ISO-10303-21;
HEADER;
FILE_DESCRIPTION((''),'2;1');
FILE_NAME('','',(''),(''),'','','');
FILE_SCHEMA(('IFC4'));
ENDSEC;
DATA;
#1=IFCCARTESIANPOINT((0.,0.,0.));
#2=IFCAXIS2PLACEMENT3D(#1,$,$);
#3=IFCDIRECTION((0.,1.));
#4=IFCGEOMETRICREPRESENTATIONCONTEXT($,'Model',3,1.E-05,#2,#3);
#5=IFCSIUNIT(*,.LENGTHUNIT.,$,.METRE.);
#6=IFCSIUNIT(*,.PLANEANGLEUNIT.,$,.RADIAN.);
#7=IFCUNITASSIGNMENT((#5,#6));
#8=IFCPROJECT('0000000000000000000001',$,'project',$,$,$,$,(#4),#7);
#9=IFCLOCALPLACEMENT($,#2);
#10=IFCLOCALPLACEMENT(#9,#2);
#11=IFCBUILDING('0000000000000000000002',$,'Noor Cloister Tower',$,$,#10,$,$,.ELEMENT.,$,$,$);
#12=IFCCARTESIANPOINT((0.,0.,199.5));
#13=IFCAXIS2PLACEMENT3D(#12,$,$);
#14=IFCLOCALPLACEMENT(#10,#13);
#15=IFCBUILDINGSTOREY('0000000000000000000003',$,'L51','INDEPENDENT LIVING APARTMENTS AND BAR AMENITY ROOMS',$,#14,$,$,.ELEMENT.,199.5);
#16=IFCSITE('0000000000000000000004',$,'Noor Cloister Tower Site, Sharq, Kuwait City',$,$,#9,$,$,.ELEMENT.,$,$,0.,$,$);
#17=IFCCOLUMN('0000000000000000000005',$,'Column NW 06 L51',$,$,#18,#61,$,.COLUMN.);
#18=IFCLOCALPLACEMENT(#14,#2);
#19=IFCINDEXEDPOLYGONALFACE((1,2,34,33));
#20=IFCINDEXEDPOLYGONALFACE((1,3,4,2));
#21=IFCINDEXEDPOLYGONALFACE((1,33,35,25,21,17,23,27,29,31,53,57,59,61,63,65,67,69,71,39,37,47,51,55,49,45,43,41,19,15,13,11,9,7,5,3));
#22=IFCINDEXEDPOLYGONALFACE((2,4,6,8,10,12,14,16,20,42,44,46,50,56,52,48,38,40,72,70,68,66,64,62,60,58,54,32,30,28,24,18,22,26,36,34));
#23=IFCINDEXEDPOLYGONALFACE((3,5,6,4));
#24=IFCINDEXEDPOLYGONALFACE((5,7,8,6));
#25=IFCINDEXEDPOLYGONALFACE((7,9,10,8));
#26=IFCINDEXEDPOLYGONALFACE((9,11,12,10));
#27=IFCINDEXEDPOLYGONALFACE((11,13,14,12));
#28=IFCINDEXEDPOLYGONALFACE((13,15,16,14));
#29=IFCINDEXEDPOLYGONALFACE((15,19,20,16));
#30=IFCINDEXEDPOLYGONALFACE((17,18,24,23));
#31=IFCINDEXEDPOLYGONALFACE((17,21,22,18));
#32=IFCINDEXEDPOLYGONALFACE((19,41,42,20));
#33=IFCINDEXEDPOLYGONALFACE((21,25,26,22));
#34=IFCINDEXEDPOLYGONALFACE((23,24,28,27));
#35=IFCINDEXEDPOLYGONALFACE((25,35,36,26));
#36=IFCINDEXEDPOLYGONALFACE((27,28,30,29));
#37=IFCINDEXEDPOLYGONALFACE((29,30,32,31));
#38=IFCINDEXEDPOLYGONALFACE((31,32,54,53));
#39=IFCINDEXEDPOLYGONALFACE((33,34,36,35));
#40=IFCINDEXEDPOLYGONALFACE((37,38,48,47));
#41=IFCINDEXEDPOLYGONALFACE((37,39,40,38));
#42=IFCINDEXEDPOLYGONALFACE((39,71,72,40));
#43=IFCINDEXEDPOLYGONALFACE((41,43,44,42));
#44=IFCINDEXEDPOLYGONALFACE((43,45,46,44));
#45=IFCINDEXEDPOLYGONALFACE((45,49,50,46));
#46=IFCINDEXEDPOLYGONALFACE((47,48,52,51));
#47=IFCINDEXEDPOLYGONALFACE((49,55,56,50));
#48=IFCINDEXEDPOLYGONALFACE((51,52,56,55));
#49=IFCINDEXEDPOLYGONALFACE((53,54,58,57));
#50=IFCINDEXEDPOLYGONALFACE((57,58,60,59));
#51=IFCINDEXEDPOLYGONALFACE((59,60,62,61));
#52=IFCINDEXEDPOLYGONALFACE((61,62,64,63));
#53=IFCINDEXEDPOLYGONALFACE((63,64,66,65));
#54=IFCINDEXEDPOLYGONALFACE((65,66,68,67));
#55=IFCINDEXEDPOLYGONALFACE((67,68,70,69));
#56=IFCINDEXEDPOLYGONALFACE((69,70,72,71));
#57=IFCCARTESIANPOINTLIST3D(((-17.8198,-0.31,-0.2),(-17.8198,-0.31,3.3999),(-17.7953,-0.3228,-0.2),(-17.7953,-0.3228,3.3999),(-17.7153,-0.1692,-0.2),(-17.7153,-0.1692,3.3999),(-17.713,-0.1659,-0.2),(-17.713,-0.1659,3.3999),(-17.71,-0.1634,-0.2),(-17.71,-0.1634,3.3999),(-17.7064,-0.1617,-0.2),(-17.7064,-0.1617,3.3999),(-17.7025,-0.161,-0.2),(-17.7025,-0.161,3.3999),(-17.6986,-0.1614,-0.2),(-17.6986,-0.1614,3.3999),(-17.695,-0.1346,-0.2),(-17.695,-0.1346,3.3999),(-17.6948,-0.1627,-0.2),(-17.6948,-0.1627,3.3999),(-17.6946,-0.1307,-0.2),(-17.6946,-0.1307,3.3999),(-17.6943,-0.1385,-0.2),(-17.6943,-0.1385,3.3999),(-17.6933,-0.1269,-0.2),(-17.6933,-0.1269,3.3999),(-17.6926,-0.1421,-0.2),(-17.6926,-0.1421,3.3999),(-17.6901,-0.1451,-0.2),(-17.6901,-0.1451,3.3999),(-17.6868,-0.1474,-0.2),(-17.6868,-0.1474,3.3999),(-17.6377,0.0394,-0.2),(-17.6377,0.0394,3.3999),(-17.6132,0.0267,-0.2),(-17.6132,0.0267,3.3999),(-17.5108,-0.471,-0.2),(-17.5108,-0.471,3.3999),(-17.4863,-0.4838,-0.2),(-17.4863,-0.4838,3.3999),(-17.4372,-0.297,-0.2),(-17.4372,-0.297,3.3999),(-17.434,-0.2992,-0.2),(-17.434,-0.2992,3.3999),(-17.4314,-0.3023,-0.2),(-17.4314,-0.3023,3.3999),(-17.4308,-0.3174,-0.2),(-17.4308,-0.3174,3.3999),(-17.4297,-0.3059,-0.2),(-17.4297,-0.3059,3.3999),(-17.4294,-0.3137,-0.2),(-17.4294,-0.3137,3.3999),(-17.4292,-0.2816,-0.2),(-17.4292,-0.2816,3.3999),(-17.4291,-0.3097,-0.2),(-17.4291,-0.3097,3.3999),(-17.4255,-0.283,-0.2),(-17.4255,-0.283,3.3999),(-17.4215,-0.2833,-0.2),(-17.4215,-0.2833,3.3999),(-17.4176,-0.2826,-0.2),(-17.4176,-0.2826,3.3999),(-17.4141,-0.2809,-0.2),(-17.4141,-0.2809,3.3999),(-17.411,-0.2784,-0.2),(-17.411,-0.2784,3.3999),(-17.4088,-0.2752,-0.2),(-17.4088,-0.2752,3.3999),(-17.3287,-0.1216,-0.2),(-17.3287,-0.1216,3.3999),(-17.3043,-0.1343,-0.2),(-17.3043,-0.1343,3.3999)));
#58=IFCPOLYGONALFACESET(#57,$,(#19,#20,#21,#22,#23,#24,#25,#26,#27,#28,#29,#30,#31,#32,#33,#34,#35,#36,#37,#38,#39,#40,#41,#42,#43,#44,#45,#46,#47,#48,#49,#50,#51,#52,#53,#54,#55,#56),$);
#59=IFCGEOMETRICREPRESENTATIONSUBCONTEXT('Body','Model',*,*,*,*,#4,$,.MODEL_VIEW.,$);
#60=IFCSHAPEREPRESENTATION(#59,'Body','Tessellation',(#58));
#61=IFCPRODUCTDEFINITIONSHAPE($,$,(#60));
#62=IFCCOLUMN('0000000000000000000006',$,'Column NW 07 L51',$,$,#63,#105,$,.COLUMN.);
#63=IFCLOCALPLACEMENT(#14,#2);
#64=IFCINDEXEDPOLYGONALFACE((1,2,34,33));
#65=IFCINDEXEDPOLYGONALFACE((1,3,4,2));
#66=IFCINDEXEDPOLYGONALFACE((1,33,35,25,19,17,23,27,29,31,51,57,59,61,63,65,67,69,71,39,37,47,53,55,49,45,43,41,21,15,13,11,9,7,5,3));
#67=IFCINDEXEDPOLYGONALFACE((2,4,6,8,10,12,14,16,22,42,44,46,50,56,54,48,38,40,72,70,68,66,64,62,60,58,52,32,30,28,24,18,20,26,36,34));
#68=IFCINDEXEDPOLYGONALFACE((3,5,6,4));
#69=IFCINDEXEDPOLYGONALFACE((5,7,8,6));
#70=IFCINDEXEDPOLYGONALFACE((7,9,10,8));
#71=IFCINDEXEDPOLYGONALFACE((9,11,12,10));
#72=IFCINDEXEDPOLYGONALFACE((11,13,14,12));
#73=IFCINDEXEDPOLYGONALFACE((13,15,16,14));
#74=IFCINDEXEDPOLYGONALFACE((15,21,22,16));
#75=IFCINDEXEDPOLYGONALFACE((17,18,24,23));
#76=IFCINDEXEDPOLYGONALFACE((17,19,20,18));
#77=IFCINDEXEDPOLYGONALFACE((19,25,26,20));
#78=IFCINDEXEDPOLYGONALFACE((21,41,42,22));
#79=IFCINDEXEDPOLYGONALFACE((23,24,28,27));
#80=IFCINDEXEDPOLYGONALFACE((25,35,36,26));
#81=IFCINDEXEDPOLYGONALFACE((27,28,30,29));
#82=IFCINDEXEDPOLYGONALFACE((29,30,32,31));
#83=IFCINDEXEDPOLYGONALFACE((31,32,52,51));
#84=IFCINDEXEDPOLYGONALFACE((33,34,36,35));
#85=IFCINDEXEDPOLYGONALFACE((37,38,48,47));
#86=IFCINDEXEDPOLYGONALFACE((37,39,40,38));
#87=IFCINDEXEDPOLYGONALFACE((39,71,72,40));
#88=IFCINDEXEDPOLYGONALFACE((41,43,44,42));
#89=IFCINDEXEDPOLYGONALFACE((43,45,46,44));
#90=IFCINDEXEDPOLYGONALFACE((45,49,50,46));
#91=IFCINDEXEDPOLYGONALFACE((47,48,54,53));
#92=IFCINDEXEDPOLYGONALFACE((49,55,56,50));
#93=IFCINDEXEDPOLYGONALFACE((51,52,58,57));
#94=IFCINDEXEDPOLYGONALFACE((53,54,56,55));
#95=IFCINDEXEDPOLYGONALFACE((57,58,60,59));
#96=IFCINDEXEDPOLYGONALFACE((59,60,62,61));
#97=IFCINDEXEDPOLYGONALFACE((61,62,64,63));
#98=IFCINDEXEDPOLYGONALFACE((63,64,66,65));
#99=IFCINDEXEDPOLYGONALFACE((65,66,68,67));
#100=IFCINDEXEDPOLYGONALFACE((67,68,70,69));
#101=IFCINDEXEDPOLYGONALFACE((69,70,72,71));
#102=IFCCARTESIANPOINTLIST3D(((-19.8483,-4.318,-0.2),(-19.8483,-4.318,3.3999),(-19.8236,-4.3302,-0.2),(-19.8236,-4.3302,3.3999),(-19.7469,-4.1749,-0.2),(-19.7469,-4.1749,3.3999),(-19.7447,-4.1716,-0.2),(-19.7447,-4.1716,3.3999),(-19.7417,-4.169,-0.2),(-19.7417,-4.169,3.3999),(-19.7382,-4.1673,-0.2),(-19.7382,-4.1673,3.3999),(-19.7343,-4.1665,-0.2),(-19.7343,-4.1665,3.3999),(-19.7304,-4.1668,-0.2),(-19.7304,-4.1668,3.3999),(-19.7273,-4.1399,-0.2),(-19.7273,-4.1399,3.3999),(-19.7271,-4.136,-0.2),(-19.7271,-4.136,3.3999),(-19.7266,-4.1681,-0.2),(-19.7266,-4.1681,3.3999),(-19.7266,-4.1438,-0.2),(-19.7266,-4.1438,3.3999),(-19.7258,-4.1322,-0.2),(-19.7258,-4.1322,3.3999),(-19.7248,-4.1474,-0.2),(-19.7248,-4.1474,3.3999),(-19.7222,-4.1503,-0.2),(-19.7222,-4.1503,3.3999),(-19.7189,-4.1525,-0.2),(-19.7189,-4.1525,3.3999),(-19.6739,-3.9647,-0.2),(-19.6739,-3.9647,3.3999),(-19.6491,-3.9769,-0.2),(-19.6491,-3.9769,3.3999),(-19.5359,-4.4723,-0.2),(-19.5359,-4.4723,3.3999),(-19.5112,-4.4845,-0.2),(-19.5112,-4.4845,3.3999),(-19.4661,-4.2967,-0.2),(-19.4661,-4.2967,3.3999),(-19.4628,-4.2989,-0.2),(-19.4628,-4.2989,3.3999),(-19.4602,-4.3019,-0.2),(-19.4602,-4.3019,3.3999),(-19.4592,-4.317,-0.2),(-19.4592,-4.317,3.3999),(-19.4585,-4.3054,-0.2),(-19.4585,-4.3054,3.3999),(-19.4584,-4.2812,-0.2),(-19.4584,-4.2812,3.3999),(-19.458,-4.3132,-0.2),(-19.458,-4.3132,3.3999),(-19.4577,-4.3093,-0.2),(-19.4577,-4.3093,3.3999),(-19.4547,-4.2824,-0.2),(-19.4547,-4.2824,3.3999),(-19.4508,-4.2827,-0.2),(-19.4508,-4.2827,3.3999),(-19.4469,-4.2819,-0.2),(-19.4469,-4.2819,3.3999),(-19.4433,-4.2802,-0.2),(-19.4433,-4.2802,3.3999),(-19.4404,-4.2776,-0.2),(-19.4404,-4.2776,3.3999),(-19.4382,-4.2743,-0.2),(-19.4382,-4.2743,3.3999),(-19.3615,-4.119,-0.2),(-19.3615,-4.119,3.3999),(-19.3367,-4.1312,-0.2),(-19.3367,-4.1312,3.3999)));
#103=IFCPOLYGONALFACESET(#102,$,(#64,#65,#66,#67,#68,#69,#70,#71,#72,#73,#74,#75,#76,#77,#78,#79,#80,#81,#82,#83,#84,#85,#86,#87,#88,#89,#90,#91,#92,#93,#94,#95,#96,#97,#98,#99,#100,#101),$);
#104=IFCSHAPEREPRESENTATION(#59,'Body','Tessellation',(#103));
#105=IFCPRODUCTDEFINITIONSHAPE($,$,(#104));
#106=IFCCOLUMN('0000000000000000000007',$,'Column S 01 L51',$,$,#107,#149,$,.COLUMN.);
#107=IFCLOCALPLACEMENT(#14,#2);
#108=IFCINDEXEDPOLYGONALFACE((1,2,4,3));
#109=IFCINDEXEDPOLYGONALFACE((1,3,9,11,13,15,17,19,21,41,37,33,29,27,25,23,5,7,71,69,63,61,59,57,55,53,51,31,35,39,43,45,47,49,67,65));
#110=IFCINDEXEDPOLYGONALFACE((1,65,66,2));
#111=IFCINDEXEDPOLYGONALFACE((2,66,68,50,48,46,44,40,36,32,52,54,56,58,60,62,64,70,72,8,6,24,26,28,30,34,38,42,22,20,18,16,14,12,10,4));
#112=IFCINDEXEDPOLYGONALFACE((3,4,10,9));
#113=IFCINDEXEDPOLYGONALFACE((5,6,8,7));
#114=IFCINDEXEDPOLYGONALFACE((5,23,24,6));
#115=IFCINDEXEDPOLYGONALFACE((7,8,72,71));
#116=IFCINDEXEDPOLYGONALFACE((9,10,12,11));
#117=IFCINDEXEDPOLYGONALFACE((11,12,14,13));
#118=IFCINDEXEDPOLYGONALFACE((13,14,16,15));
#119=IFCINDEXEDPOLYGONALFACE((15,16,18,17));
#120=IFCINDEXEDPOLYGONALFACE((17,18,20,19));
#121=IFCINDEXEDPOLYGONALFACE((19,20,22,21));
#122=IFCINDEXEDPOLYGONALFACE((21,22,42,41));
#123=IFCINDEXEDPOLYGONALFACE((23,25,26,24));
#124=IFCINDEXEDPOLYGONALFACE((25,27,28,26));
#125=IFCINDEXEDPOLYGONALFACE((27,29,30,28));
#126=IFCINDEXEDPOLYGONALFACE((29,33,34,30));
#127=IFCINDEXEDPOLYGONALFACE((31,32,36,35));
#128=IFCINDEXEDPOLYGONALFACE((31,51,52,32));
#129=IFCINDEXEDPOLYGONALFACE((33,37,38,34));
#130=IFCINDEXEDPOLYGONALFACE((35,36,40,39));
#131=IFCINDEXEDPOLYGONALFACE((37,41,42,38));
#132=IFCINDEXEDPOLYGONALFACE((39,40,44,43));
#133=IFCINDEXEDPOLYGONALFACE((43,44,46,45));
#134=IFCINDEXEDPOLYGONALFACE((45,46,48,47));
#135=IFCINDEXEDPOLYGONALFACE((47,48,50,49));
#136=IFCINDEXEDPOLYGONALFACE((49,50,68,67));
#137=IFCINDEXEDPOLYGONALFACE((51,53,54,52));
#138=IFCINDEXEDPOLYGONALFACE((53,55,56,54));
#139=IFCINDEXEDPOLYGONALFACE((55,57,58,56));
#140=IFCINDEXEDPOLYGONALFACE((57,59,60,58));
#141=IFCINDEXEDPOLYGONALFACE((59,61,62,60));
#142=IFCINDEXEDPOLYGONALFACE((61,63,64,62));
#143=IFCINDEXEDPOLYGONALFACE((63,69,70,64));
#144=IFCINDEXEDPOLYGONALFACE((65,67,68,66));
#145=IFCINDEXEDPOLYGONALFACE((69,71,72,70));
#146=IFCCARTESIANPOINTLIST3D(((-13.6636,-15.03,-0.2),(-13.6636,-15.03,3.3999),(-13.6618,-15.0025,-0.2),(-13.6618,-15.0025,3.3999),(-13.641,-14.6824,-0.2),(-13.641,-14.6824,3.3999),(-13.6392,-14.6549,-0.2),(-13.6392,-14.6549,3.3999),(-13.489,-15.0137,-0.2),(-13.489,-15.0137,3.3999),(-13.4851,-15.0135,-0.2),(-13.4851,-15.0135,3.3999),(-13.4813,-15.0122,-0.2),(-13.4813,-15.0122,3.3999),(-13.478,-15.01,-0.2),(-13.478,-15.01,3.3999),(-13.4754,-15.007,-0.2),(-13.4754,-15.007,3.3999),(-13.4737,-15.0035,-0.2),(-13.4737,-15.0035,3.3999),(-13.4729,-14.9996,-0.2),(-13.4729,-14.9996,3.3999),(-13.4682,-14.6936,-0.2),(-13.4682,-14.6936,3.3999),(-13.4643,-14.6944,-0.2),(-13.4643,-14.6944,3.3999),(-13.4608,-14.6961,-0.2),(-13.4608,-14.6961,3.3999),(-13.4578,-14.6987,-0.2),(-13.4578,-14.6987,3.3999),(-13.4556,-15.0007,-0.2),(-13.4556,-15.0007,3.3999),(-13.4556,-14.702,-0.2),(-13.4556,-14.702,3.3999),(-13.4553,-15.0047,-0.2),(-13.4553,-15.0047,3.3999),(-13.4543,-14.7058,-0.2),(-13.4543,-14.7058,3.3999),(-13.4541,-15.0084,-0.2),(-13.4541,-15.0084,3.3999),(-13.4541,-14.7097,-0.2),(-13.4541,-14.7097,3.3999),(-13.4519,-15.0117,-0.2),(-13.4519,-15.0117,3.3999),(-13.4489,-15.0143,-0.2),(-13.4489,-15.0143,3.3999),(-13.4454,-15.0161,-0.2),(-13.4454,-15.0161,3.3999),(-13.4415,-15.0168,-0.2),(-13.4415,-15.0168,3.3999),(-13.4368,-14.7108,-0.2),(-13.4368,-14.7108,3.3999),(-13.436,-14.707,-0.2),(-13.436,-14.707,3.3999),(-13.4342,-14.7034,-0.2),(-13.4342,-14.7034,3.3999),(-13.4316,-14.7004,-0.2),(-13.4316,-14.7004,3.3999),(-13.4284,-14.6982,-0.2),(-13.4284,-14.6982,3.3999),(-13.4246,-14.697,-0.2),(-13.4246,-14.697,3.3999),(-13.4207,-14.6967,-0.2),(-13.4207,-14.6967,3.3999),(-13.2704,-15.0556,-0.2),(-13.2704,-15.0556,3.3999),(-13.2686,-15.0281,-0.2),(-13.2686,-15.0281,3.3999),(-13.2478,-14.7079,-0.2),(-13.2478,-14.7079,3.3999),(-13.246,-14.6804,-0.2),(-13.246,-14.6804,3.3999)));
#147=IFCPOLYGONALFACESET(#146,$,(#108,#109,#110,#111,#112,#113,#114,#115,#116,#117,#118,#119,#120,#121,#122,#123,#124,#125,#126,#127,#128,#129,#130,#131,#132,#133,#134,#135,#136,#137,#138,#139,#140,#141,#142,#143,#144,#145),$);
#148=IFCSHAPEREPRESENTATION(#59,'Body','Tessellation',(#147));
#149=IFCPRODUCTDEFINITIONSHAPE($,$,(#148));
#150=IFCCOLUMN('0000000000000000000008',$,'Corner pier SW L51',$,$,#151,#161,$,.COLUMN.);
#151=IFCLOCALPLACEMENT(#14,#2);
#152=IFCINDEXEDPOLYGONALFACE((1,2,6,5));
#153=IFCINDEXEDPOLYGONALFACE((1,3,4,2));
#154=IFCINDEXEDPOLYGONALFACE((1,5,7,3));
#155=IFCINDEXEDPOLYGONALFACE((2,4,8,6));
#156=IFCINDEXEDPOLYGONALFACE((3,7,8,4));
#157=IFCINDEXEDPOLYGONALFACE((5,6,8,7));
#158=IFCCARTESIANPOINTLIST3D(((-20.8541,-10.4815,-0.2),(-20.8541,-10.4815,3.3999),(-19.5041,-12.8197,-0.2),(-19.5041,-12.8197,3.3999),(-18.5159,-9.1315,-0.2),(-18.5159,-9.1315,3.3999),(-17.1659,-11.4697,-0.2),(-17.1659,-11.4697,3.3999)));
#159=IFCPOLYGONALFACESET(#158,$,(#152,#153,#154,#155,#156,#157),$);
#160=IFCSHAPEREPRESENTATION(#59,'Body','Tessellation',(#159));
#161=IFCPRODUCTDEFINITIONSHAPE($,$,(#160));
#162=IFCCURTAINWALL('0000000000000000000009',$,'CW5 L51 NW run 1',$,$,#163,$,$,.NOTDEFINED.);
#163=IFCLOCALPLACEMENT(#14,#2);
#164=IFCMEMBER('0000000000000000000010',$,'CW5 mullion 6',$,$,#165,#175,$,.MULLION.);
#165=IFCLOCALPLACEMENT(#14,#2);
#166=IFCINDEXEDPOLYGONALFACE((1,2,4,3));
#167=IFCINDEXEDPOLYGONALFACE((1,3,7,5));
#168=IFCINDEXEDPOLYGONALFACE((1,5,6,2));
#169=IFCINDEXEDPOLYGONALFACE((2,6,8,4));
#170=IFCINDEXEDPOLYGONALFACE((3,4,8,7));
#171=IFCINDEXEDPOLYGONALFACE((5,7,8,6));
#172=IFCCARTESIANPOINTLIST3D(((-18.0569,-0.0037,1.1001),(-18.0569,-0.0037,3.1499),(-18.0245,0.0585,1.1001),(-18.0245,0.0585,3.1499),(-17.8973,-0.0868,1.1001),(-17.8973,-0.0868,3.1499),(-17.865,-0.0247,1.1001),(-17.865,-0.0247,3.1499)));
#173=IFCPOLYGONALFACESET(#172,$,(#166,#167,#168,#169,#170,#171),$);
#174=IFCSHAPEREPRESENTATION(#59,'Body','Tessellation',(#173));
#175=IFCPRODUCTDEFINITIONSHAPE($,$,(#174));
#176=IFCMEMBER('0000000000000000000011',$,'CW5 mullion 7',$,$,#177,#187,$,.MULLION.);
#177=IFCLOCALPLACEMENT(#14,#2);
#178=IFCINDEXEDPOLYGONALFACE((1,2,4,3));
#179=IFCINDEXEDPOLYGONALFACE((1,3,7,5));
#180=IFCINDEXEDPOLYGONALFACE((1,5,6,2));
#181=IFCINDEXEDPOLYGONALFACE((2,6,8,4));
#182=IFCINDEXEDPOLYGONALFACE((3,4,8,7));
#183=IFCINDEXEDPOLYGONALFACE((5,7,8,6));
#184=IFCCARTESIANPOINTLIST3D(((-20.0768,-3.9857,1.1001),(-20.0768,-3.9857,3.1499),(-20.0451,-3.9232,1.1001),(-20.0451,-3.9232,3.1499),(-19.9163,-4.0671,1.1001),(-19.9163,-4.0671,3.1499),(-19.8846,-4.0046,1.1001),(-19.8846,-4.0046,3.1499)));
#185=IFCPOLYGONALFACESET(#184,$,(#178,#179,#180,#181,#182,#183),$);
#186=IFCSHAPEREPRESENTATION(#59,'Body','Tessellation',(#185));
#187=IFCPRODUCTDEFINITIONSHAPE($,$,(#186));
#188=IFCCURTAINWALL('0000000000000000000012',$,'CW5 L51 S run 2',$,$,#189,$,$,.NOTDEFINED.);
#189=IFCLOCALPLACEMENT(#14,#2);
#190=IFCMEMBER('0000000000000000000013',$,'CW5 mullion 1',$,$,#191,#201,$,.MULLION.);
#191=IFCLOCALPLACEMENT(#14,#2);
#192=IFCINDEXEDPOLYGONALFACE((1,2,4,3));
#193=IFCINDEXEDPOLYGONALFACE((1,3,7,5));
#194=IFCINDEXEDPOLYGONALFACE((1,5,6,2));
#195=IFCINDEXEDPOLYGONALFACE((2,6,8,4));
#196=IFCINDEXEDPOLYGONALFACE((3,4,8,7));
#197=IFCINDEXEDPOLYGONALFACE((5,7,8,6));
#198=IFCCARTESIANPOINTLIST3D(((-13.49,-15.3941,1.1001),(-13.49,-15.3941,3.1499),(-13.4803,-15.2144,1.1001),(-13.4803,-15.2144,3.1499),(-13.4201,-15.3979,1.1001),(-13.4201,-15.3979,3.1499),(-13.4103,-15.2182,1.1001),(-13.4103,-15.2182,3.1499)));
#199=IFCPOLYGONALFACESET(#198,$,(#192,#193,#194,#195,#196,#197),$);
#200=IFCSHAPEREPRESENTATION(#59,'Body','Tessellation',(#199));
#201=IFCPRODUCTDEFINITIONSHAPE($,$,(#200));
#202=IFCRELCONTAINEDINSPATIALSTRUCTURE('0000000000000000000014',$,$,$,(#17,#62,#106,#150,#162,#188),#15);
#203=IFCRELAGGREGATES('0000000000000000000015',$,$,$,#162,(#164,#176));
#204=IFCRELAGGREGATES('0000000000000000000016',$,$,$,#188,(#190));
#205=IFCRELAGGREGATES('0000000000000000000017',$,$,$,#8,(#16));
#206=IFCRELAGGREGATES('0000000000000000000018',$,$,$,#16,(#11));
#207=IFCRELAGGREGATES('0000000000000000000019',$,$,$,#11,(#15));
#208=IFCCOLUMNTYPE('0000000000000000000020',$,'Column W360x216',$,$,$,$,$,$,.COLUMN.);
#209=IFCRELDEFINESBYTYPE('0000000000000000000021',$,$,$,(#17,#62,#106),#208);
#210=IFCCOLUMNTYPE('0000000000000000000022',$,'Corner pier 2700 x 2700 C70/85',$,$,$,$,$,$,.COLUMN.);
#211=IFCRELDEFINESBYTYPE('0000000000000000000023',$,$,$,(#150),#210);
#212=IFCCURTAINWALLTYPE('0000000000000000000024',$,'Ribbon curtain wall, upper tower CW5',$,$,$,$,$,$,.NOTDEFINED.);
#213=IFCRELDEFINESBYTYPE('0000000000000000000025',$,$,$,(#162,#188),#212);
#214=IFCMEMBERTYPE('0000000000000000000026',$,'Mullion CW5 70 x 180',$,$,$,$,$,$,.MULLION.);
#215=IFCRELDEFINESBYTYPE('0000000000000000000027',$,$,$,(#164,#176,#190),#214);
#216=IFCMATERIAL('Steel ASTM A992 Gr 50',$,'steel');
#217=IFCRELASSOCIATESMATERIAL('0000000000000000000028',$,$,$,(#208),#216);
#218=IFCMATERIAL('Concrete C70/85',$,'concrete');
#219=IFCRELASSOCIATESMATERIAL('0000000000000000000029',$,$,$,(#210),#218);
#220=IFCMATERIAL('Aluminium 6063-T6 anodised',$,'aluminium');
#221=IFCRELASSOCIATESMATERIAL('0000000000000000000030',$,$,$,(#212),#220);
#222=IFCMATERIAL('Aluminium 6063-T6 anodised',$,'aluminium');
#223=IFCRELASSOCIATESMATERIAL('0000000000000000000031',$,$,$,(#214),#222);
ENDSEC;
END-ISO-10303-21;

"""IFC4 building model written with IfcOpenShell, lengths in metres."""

from ifc_helpers import new_model, si_unit, direction, frame, origin, origin_2d, place, context, subcontext, project, spatial, rectangle, i_section, extrude, material, material_profile, profile_set, type_object, element, aggregate, save


model = new_model("IFC4")

# Units and contexts
model_context = context("Model", 3, precision=1e-05, world=origin(), true_north=direction((0.0, 1.0)))
body_context = subcontext(model_context, "Body", "Model", "MODEL_VIEW")
ifc_project = project(units=[si_unit("LENGTHUNIT", "METRE"), si_unit("PLANEANGLEUNIT", "RADIAN")], contexts=[model_context])

# Site, building, storey
site_placement = place(None, origin())
site = spatial("IfcSite", under=ifc_project, at=site_placement, Name="Noor Cloister Tower Site, Sharq, Kuwait City", CompositionType="ELEMENT", RefElevation=0.0)
building_placement = place(site_placement, origin())
building = spatial("IfcBuilding", under=site, at=building_placement, Name="Noor Cloister Tower", CompositionType="ELEMENT")
storey_placement = place(building_placement, frame((0.0, 0.0, 199.5)))
storey = spatial("IfcBuildingStorey", under=building, at=storey_placement, Name="L51", Description="INDEPENDENT LIVING APARTMENTS AND BAR AMENITY ROOMS", CompositionType="ELEMENT", Elevation=199.5)

# Columns
ifc_material_1 = material(Name="Steel ASTM A992 Gr 50", Category="steel")
ifc_material_profile_1 = material_profile(ifc_material_1, i_section(OverallWidth=0.394, OverallDepth=0.376, WebThickness=0.0173, FlangeThickness=0.0276, FilletRadius=0.0151, at=origin_2d()), Name="W360x216")
ifc_profile_set_1 = profile_set([ifc_material_profile_1], Name="Steel ASTM A992 Gr 50")
column_type_1 = type_object("IfcColumnType", Name="Column W360x216", PredefinedType="COLUMN", material=ifc_profile_set_1)
for number, where, z_axis, x_axis, name in (
    (1, (-17.562, -0.2222, -0.2), (0.0, 0.0, 1.0), (-0.462061, -0.886848, 0.0), "Column NW 06 L51"),
    (2, (-19.5925, -4.2246, -0.2), (0.0, 0.0, 1.0), (-0.442763, -0.896639, 0.0), "Column NW 07 L51"),
    (3, (-13.4548, -14.8552, -0.2), (0.0, 0.0, 1.0), (0.997893, -0.064875, 0.0), "Column S 01 L51"),
):
    element("IfcColumn", number, at=place(storey_placement, frame(where, z_axis=z_axis, x_axis=x_axis)), inside=storey, type_object=column_type_1, Name=name, PredefinedType="COLUMN", context=body_context, shape_type="SweptSolid", body=[
        extrude(i_section(OverallWidth=0.394, OverallDepth=0.376, WebThickness=0.0173, FlangeThickness=0.0276, FilletRadius=0.0151, at=origin_2d()), origin(), (0.0, 0.0, 1.0), 3.5999),
    ])
ifc_material_2 = material(Name="Concrete C70/85", Category="concrete")
ifc_material_profile_2 = material_profile(ifc_material_2, rectangle(XDim=2.7, YDim=2.7, at=origin_2d()), Name="RC 2700x2700")
ifc_profile_set_2 = profile_set([ifc_material_profile_2], Name="Concrete C70/85")
column_type_2 = type_object("IfcColumnType", Name="Corner pier 2700 x 2700 C70/85", PredefinedType="COLUMN", material=ifc_profile_set_2)
column_placement = place(storey_placement, frame((-19.01, -10.9756, -0.2), z_axis=(0.0, 0.0, 1.0), x_axis=(-0.866025, -0.5, 0.0)))
element("IfcColumn", 4, at=column_placement, inside=storey, type_object=column_type_2, Name="Corner pier SW L51", PredefinedType="COLUMN", context=body_context, shape_type="SweptSolid", body=[
    extrude(rectangle(XDim=2.7, YDim=2.7, at=origin_2d()), origin(), (0.0, 0.0, 1.0), 3.5999),
])

# Curtain wall, members
ifc_material_3 = material(Name="Aluminium 6063-T6 anodised", Category="aluminium")
curtain_wall_type = type_object("IfcCurtainWallType", Name="Ribbon curtain wall, upper tower CW5", PredefinedType="NOTDEFINED", material=ifc_material_3)
curtain_wall_1_placement = place(storey_placement, origin())
curtain_wall_1 = element("IfcCurtainWall", 5, at=curtain_wall_1_placement, inside=storey, type_object=curtain_wall_type, Name="CW5 L51 NW run 1", PredefinedType="NOTDEFINED")
ifc_material_4 = material(Name="Aluminium 6063-T6 anodised", Category="aluminium")
ifc_material_profile_3 = material_profile(ifc_material_4, rectangle(XDim=0.1799, YDim=0.0701, at=origin_2d()), Name="180 x 70 mullion")
ifc_profile_set_3 = profile_set([ifc_material_profile_3], Name="Aluminium 6063-T6 anodised")
member_type = type_object("IfcMemberType", Name="Mullion CW5 70 x 180", PredefinedType="MULLION", material=ifc_profile_set_3)
member_1_placement = place(storey_placement, frame((-17.9609, -0.0142, 1.1001), z_axis=(0.0, 0.0, 1.0), x_axis=(0.886848, -0.462061, 0.0)))
member_1 = element("IfcMember", 6, at=member_1_placement, type_object=member_type, Name="CW5 mullion 6", PredefinedType="MULLION", context=body_context, shape_type="SweptSolid", body=[
    extrude(rectangle(XDim=0.1799, YDim=0.0701, at=origin_2d()), origin(), (0.0, 0.0, 1.0), 2.0498),
])
member_2_placement = place(storey_placement, frame((-19.9807, -3.9951, 1.1001), z_axis=(0.0, 0.0, 1.0), x_axis=(0.891795, -0.452439, 0.0)))
member_2 = element("IfcMember", 7, at=member_2_placement, type_object=member_type, Name="CW5 mullion 7", PredefinedType="MULLION", context=body_context, shape_type="SweptSolid", body=[
    extrude(rectangle(XDim=0.1799, YDim=0.0701, at=origin_2d()), origin(), (0.0, 0.0, 1.0), 2.0498),
])

# Curtain wall, member
curtain_wall_2_placement = place(storey_placement, origin())
curtain_wall_2 = element("IfcCurtainWall", 8, at=curtain_wall_2_placement, inside=storey, type_object=curtain_wall_type, Name="CW5 L51 S run 2", PredefinedType="NOTDEFINED")
member_3_placement = place(storey_placement, frame((-13.4502, -15.3062, 1.1001), z_axis=(0.0, 0.0, 1.0), x_axis=(0.054074, 0.998537, 0.0)))
member_3 = element("IfcMember", 9, at=member_3_placement, type_object=member_type, Name="CW5 mullion 1", PredefinedType="MULLION", context=body_context, shape_type="SweptSolid", body=[
    extrude(rectangle(XDim=0.1799, YDim=0.0701, at=origin_2d()), origin(), (0.0, 0.0, 1.0), 2.0498),
])

aggregate(curtain_wall_1, [member_1, member_2])
aggregate(curtain_wall_2, [member_3])

save(model, "model.ifc")
